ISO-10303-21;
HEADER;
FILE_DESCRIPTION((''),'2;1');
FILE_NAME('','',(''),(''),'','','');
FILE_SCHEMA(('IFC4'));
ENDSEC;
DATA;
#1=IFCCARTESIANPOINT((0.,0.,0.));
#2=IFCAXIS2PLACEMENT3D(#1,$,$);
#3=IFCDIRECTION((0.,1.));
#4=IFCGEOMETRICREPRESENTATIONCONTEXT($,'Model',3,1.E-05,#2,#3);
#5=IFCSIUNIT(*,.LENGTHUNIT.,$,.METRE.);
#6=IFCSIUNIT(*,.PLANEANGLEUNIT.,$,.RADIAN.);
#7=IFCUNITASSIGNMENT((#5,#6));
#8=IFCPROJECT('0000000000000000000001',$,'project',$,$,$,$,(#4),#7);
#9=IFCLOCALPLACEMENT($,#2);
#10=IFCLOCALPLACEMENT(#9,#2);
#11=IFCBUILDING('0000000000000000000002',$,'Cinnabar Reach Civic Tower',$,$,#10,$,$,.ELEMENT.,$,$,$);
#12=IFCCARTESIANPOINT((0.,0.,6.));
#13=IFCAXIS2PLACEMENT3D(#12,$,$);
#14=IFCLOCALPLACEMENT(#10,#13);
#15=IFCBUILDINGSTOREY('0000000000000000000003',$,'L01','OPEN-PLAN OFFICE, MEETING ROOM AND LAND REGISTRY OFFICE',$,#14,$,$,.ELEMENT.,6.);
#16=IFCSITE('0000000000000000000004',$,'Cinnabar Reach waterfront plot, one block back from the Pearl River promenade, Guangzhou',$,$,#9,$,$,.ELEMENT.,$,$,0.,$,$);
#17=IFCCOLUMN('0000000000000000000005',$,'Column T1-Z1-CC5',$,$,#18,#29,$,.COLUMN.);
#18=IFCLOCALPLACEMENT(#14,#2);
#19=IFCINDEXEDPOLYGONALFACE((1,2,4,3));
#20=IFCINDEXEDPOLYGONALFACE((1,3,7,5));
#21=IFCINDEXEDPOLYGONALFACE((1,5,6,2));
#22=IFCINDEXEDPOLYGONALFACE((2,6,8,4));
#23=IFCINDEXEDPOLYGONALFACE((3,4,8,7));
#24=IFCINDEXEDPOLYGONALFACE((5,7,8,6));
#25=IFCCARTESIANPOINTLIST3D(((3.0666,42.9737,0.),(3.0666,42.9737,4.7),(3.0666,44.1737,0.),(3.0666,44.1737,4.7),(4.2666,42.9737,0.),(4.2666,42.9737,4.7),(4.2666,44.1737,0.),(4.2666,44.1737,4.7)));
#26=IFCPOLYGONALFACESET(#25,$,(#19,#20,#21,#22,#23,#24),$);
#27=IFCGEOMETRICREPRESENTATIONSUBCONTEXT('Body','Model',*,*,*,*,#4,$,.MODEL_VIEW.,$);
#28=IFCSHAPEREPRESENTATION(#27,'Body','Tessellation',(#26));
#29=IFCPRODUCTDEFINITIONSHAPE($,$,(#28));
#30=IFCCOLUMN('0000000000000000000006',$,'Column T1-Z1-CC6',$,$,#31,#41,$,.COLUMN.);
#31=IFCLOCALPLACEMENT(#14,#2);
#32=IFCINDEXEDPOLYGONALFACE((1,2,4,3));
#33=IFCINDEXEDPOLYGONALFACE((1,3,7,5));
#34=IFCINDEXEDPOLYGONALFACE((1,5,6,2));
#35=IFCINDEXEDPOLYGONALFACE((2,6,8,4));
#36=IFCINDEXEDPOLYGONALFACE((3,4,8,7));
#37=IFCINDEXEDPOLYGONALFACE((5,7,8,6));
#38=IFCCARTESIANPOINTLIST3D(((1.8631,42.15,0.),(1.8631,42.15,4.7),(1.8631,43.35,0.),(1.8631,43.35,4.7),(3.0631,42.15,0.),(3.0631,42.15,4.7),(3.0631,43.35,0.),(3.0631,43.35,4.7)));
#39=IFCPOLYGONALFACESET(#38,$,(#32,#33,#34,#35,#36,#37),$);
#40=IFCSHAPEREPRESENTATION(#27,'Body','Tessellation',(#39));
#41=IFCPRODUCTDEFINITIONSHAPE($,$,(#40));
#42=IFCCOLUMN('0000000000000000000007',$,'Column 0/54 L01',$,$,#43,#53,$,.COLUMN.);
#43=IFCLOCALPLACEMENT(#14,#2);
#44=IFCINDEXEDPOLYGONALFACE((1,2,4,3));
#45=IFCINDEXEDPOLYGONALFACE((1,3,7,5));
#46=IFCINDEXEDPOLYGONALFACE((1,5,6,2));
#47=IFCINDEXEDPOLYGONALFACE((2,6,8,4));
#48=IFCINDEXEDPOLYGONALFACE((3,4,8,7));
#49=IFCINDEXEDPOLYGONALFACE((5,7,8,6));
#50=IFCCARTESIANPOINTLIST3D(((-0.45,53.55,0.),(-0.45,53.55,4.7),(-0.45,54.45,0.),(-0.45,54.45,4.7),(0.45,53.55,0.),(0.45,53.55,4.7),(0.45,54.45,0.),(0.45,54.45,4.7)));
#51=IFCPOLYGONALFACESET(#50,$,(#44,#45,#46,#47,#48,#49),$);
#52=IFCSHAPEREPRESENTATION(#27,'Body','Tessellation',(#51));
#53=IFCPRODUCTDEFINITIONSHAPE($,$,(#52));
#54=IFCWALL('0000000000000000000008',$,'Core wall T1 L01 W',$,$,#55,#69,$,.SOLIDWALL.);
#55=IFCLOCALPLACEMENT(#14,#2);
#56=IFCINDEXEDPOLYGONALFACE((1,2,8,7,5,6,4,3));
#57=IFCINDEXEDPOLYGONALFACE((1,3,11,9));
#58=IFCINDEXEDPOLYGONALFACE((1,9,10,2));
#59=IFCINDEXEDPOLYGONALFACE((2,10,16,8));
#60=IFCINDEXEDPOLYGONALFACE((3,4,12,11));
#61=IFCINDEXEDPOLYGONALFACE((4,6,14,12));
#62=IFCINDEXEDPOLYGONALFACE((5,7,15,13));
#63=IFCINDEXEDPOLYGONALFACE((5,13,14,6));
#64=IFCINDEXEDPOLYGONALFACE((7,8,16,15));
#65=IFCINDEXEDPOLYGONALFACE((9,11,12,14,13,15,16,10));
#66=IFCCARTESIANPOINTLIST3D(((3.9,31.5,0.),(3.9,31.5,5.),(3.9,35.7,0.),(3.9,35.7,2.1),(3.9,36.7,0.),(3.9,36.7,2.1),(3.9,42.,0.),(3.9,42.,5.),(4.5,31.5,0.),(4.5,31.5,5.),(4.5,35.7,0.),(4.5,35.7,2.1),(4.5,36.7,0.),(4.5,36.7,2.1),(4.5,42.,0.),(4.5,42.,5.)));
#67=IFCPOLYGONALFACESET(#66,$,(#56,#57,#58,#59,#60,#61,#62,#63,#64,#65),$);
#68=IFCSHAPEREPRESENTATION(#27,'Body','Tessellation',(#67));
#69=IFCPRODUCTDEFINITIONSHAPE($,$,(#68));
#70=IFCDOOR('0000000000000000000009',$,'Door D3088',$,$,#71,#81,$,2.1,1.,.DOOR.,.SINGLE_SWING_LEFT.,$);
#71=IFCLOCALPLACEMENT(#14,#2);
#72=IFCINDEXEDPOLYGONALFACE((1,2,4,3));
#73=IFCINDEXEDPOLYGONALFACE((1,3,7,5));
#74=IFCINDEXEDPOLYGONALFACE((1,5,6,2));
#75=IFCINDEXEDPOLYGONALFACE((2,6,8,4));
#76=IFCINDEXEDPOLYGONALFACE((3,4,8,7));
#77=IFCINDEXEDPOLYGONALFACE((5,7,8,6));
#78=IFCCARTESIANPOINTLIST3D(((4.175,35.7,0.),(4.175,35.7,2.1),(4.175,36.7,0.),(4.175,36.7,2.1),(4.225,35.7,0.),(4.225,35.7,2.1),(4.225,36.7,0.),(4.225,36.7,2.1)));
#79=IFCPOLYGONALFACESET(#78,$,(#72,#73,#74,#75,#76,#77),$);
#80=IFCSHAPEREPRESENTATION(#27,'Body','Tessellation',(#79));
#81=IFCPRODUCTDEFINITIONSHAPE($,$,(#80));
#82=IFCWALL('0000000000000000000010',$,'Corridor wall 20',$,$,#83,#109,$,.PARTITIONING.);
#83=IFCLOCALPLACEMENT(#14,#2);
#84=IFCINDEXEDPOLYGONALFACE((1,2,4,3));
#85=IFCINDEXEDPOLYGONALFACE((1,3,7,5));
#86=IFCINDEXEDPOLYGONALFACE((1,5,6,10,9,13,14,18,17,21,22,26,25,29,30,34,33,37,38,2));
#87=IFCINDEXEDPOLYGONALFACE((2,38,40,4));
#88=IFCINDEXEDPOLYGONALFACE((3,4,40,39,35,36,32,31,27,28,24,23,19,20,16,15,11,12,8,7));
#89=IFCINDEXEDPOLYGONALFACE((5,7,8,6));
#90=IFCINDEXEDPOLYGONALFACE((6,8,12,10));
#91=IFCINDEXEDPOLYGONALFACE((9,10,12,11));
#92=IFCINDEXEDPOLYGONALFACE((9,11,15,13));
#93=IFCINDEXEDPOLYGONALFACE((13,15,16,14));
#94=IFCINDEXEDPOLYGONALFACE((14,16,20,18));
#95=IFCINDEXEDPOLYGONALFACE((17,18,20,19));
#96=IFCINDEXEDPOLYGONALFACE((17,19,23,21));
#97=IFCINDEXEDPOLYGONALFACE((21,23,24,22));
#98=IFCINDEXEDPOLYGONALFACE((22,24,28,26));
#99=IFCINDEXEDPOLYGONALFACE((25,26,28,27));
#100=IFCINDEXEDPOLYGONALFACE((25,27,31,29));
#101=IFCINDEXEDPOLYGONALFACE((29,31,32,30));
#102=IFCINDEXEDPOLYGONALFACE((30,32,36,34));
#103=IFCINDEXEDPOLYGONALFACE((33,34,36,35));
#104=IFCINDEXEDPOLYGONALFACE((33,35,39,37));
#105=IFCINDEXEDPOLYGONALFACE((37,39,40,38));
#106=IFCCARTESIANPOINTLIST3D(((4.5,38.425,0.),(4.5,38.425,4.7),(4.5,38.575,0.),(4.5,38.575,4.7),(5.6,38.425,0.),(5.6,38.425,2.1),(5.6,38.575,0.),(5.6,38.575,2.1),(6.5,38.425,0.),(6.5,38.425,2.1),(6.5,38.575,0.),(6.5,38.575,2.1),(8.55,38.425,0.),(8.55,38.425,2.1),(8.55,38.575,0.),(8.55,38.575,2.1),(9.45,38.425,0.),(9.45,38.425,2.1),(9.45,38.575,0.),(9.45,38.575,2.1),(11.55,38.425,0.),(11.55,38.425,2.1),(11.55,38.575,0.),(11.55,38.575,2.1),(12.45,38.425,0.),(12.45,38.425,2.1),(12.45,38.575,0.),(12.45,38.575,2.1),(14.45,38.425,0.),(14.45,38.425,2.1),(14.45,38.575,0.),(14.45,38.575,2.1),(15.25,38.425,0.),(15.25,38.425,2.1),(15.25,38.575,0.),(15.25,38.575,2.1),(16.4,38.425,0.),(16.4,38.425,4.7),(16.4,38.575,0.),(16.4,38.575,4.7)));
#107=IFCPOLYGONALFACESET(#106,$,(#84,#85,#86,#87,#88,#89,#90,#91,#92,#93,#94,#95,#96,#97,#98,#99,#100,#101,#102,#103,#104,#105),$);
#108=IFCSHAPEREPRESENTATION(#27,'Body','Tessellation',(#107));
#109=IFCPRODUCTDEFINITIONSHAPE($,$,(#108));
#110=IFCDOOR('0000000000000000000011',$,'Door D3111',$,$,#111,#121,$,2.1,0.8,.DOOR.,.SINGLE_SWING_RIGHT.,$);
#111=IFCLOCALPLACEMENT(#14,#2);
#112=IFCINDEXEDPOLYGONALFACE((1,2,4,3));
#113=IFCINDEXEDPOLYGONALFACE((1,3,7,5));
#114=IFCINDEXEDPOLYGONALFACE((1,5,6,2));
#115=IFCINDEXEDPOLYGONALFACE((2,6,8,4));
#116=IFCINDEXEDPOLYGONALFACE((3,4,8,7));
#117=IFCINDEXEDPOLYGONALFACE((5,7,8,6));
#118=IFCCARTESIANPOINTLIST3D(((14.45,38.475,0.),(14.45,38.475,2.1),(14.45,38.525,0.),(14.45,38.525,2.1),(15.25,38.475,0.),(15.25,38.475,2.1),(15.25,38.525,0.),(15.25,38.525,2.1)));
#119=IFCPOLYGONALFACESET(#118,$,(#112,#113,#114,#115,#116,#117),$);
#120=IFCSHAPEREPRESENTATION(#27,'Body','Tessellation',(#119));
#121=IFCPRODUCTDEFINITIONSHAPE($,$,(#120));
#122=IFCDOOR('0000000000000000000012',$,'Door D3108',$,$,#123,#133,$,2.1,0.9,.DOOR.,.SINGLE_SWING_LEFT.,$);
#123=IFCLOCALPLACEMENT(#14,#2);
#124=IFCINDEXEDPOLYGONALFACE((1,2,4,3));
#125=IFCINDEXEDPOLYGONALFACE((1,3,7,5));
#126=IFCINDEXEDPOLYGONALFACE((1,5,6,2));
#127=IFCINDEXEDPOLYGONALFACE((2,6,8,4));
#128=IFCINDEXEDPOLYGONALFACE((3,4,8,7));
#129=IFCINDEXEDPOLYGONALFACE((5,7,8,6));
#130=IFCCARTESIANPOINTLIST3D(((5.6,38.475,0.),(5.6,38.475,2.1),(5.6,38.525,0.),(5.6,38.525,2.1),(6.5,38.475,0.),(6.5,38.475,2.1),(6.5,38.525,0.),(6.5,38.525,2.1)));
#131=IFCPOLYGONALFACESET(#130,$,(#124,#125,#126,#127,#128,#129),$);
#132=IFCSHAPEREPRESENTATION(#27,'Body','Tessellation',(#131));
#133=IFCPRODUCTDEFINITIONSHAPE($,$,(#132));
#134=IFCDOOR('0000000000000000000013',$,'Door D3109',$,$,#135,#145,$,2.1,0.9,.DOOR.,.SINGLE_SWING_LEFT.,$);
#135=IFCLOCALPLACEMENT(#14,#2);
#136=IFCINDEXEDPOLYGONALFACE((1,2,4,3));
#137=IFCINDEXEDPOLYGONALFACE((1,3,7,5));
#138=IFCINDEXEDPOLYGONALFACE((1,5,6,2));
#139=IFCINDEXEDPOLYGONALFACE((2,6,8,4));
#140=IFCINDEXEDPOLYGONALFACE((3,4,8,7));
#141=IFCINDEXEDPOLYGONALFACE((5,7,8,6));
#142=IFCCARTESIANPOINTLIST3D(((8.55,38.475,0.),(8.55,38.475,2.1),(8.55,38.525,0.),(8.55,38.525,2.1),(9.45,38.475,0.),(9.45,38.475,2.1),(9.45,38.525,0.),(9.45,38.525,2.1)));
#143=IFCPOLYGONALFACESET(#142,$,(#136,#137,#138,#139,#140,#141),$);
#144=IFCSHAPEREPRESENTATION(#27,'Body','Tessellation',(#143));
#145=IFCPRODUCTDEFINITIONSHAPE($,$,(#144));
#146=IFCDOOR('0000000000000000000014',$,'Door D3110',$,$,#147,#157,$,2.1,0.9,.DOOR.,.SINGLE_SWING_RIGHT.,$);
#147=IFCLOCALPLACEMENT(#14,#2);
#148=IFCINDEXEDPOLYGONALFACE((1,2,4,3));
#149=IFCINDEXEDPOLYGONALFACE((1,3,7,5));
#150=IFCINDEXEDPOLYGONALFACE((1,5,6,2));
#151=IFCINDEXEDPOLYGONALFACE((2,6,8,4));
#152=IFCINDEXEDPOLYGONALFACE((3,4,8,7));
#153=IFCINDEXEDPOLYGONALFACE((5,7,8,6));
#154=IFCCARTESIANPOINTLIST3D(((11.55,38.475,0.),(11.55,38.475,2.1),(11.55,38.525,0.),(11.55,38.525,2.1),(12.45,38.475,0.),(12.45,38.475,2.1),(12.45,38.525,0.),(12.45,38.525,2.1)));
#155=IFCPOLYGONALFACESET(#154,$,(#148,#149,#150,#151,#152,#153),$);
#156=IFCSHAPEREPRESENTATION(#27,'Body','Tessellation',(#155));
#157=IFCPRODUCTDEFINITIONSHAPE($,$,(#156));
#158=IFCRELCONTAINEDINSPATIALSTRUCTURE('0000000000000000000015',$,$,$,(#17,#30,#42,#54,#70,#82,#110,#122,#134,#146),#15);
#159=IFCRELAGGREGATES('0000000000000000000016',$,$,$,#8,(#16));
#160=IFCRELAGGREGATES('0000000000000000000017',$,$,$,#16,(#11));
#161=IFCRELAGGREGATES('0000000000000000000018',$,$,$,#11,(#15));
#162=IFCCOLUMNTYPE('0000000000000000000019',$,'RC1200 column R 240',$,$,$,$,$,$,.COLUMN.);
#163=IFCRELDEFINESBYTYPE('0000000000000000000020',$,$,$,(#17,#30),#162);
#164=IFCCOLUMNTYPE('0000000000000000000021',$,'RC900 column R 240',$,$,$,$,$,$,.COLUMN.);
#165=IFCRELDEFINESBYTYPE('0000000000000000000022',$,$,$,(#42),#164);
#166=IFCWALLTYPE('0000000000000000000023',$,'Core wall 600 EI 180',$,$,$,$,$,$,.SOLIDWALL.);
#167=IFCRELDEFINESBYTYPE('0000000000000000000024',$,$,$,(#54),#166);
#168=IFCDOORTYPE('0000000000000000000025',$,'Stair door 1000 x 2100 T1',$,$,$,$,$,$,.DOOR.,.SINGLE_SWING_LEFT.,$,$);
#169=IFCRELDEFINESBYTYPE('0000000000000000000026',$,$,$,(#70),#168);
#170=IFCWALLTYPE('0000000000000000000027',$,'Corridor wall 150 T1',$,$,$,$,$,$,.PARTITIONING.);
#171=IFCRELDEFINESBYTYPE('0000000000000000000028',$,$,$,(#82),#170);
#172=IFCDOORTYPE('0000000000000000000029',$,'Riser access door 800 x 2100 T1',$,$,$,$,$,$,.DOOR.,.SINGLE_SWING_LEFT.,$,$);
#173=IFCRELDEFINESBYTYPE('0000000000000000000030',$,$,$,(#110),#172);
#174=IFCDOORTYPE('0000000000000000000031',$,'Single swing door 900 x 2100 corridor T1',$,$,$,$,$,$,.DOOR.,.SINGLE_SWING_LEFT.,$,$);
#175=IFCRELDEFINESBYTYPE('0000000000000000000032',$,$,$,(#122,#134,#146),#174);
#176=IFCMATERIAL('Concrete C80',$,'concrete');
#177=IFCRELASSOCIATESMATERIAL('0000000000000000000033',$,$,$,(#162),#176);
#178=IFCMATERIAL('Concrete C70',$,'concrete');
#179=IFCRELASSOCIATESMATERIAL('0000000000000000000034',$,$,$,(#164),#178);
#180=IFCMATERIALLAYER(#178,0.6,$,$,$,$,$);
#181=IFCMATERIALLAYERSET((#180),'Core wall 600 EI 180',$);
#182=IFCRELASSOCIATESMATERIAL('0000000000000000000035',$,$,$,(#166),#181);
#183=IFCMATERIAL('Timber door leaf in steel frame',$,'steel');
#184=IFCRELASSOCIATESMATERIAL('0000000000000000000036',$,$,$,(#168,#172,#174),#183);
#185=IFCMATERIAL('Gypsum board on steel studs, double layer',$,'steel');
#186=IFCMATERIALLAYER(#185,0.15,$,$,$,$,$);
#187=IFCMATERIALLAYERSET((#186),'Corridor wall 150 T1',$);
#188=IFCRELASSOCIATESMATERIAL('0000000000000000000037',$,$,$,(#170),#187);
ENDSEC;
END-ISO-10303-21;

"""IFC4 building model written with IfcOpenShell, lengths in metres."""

from ifc_helpers import new_model, si_unit, direction, frame, frame_2d, origin, origin_2d, place, context, subcontext, project, spatial, rectangle, extrude, material, layer, layer_set, material_profile, profile_set, type_object, element, fill, save


model = new_model("IFC4")

# Units and contexts
model_context = context("Model", 3, precision=1e-05, world=origin(), true_north=direction((0.0, 1.0)))
body_context = subcontext(model_context, "Body", "Model", "MODEL_VIEW")
ifc_project = project(units=[si_unit("LENGTHUNIT", "METRE"), si_unit("PLANEANGLEUNIT", "RADIAN")], contexts=[model_context])

# Site, building, storey
site_placement = place(None, origin())
site = spatial("IfcSite", under=ifc_project, at=site_placement, Name="Cinnabar Reach waterfront plot, one block back from the Pearl River promenade, Guangzhou", CompositionType="ELEMENT", RefElevation=0.0)
building_placement = place(site_placement, origin())
building = spatial("IfcBuilding", under=site, at=building_placement, Name="Cinnabar Reach Civic Tower", CompositionType="ELEMENT")
storey_placement = place(building_placement, frame((0.0, 0.0, 6.0)))
storey = spatial("IfcBuildingStorey", under=building, at=storey_placement, Name="L01", Description="OPEN-PLAN OFFICE, MEETING ROOM AND LAND REGISTRY OFFICE", CompositionType="ELEMENT", Elevation=6.0)

# Columns
ifc_material_1 = material(Name="Concrete C80", Category="concrete")
ifc_material_profile_1 = material_profile(ifc_material_1, rectangle(XDim=1.2, YDim=1.2, at=origin_2d()), Name="RC1200")
ifc_profile_set_1 = profile_set([ifc_material_profile_1], Name="Concrete C80")
column_type_1 = type_object("IfcColumnType", Name="RC1200 column R 240", PredefinedType="COLUMN", material=ifc_profile_set_1)
for number, where, z_axis, x_axis, name in (
    (1, (3.6666, 43.5737, 0.0), (0.0, 0.0, 1.0), (1.0, 0.0, 0.0), "Column T1-Z1-CC5"),
    (2, (2.4631, 42.75, 0.0), (0.0, 0.0, 1.0), (1.0, 0.0, 0.0), "Column T1-Z1-CC6"),
):
    element("IfcColumn", number, at=place(storey_placement, frame(where, z_axis=z_axis, x_axis=x_axis)), inside=storey, type_object=column_type_1, Name=name, PredefinedType="COLUMN", context=body_context, shape_type="SweptSolid", body=[
        extrude(rectangle(XDim=1.2, YDim=1.2, at=origin_2d()), origin(), (0.0, 0.0, 1.0), 4.7),
    ])
ifc_material_2 = material(Name="Concrete C70", Category="concrete")
ifc_material_profile_2 = material_profile(ifc_material_2, rectangle(XDim=0.9, YDim=0.9, at=origin_2d()), Name="RC900")
ifc_profile_set_2 = profile_set([ifc_material_profile_2], Name="Concrete C70")
column_type_2 = type_object("IfcColumnType", Name="RC900 column R 240", PredefinedType="COLUMN", material=ifc_profile_set_2)
column_placement = place(storey_placement, frame((0.0, 54.0, 0.0), z_axis=(0.0, 0.0, 1.0), x_axis=(1.0, 0.0, 0.0)))
element("IfcColumn", 3, at=column_placement, inside=storey, type_object=column_type_2, Name="Column 0/54 L01", PredefinedType="COLUMN", context=body_context, shape_type="SweptSolid", body=[
    extrude(rectangle(XDim=0.9, YDim=0.9, at=origin_2d()), origin(), (0.0, 0.0, 1.0), 4.7),
])

# Wall, opening, door
ifc_layer_1 = layer(ifc_material_2, 0.6)
ifc_layer_set_1 = layer_set([ifc_layer_1], Name="Core wall 600 EI 180")
wall_type_1 = type_object("IfcWallType", Name="Core wall 600 EI 180", PredefinedType="SOLIDWALL", material=ifc_layer_set_1)
wall_1_placement = place(storey_placement, frame((4.2, 42.0, 0.0), z_axis=(0.0, 0.0, 1.0), x_axis=(0.0, -1.0, 0.0)))
wall_1 = element("IfcWall", 4, at=wall_1_placement, inside=storey, type_object=wall_type_1, Name="Core wall T1 L01 W", PredefinedType="SOLIDWALL", context=body_context, shape_type="SweptSolid", body=[
    extrude(rectangle(XDim=10.5, YDim=0.6, at=frame_2d((5.25, 0.0))), origin(), (0.0, 0.0, 1.0), 5.0),
])
opening_1_placement = place(wall_1_placement, frame((5.3, 0.0, 0.0)))
opening_1 = element("IfcOpeningElement", 5, at=opening_1_placement, cuts=wall_1, PredefinedType="OPENING", context=body_context, shape_type="SweptSolid", body=[
    extrude(rectangle(XDim=1.0, YDim=2.1, at=frame_2d((0.5, 1.05))), frame((0.0, 0.31, 0.0), z_axis=(0.0, -1.0, 0.0), x_axis=(1.0, 0.0, 0.0)), (0.0, 0.0, 1.0), 0.62),
])
ifc_material_3 = material(Name="Timber door leaf in steel frame", Category="steel")
door_type_1 = type_object("IfcDoorType", Name="Stair door 1000 x 2100 T1", OperationType="SINGLE_SWING_LEFT", PredefinedType="DOOR", material=ifc_material_3)
door_1_placement = place(opening_1_placement, frame((1.0, 0.0, 0.0), z_axis=(0.0, 0.0, 1.0), x_axis=(-1.0, 0.0, 0.0)))
door_1 = element("IfcDoor", 6, at=door_1_placement, inside=storey, type_object=door_type_1, Name="Door D3088", OperationType="SINGLE_SWING_LEFT", OverallHeight=2.1, OverallWidth=1.0, PredefinedType="DOOR", context=body_context, shape_type="SweptSolid", body=[
    extrude(rectangle(XDim=1.0, YDim=2.1, at=frame_2d((0.5, 1.05))), frame((0.0, 0.025, 0.0), z_axis=(0.0, -1.0, 0.0), x_axis=(1.0, 0.0, 0.0)), (0.0, 0.0, 1.0), 0.05),
])
fill(opening_1, door_1)

# Wall, openings, doors
ifc_material_4 = material(Name="Gypsum board on steel studs, double layer", Category="steel")
ifc_layer_2 = layer(ifc_material_4, 0.15)
ifc_layer_set_2 = layer_set([ifc_layer_2], Name="Corridor wall 150 T1")
wall_type_2 = type_object("IfcWallType", Name="Corridor wall 150 T1", PredefinedType="PARTITIONING", material=ifc_layer_set_2)
wall_2_placement = place(storey_placement, frame((4.5, 38.5, 0.0), z_axis=(0.0, 0.0, 1.0), x_axis=(1.0, 0.0, 0.0)))
wall_2 = element("IfcWall", 7, at=wall_2_placement, inside=storey, type_object=wall_type_2, Name="Corridor wall 20", PredefinedType="PARTITIONING", context=body_context, shape_type="SweptSolid", body=[
    extrude(rectangle(XDim=11.9, YDim=0.15, at=frame_2d((5.95, 0.0))), origin(), (0.0, 0.0, 1.0), 4.7),
])
opening_2_placement = place(wall_2_placement, frame((1.1, 0.0, 0.0)))
opening_2 = element("IfcOpeningElement", 8, at=opening_2_placement, cuts=wall_2, PredefinedType="OPENING", context=body_context, shape_type="SweptSolid", body=[
    extrude(rectangle(XDim=0.9, YDim=2.1, at=frame_2d((0.45, 1.05))), frame((0.0, 0.085, 0.0), z_axis=(0.0, -1.0, 0.0), x_axis=(1.0, 0.0, 0.0)), (0.0, 0.0, 1.0), 0.17),
])
opening_3_placement = place(wall_2_placement, frame((4.05, 0.0, 0.0)))
opening_3 = element("IfcOpeningElement", 9, at=opening_3_placement, cuts=wall_2, PredefinedType="OPENING", context=body_context, shape_type="SweptSolid", body=[
    extrude(rectangle(XDim=0.9, YDim=2.1, at=frame_2d((0.45, 1.05))), frame((0.0, 0.085, 0.0), z_axis=(0.0, -1.0, 0.0), x_axis=(1.0, 0.0, 0.0)), (0.0, 0.0, 1.0), 0.17),
])
opening_4_placement = place(wall_2_placement, frame((7.05, 0.0, 0.0)))
opening_4 = element("IfcOpeningElement", 10, at=opening_4_placement, cuts=wall_2, PredefinedType="OPENING", context=body_context, shape_type="SweptSolid", body=[
    extrude(rectangle(XDim=0.9, YDim=2.1, at=frame_2d((0.45, 1.05))), frame((0.0, 0.085, 0.0), z_axis=(0.0, -1.0, 0.0), x_axis=(1.0, 0.0, 0.0)), (0.0, 0.0, 1.0), 0.17),
])
opening_5_placement = place(wall_2_placement, frame((9.95, 0.0, 0.0)))
opening_5 = element("IfcOpeningElement", 11, at=opening_5_placement, cuts=wall_2, PredefinedType="OPENING", context=body_context, shape_type="SweptSolid", body=[
    extrude(rectangle(XDim=0.8, YDim=2.1, at=frame_2d((0.4, 1.05))), frame((0.0, 0.085, 0.0), z_axis=(0.0, -1.0, 0.0), x_axis=(1.0, 0.0, 0.0)), (0.0, 0.0, 1.0), 0.17),
])
door_type_2 = type_object("IfcDoorType", Name="Riser access door 800 x 2100 T1", OperationType="SINGLE_SWING_LEFT", PredefinedType="DOOR", material=ifc_material_3)
door_2_placement = place(opening_5_placement, origin())
door_2 = element("IfcDoor", 12, at=door_2_placement, inside=storey, type_object=door_type_2, Name="Door D3111", OperationType="SINGLE_SWING_RIGHT", OverallHeight=2.1, OverallWidth=0.8, PredefinedType="DOOR", context=body_context, shape_type="SweptSolid", body=[
    extrude(rectangle(XDim=0.8, YDim=2.1, at=frame_2d((0.4, 1.05))), frame((0.0, 0.025, 0.0), z_axis=(0.0, -1.0, 0.0), x_axis=(1.0, 0.0, 0.0)), (0.0, 0.0, 1.0), 0.05),
])
fill(opening_5, door_2)
door_type_3 = type_object("IfcDoorType", Name="Single swing door 900 x 2100 corridor T1", OperationType="SINGLE_SWING_LEFT", PredefinedType="DOOR", material=ifc_material_3)
door_3_placement = place(opening_2_placement, origin())
door_3 = element("IfcDoor", 13, at=door_3_placement, inside=storey, type_object=door_type_3, Name="Door D3108", OperationType="SINGLE_SWING_LEFT", OverallHeight=2.1, OverallWidth=0.9, PredefinedType="DOOR", context=body_context, shape_type="SweptSolid", body=[
    extrude(rectangle(XDim=0.9, YDim=2.1, at=frame_2d((0.45, 1.05))), frame((0.0, 0.025, 0.0), z_axis=(0.0, -1.0, 0.0), x_axis=(1.0, 0.0, 0.0)), (0.0, 0.0, 1.0), 0.05),
])
fill(opening_2, door_3)
door_4_placement = place(opening_3_placement, origin())
door_4 = element("IfcDoor", 14, at=door_4_placement, inside=storey, type_object=door_type_3, Name="Door D3109", OperationType="SINGLE_SWING_LEFT", OverallHeight=2.1, OverallWidth=0.9, PredefinedType="DOOR", context=body_context, shape_type="SweptSolid", body=[
    extrude(rectangle(XDim=0.9, YDim=2.1, at=frame_2d((0.45, 1.05))), frame((0.0, 0.025, 0.0), z_axis=(0.0, -1.0, 0.0), x_axis=(1.0, 0.0, 0.0)), (0.0, 0.0, 1.0), 0.05),
])
fill(opening_3, door_4)
door_5_placement = place(opening_4_placement, origin())
door_5 = element("IfcDoor", 15, at=door_5_placement, inside=storey, type_object=door_type_3, Name="Door D3110", OperationType="SINGLE_SWING_RIGHT", OverallHeight=2.1, OverallWidth=0.9, PredefinedType="DOOR", context=body_context, shape_type="SweptSolid", body=[
    extrude(rectangle(XDim=0.9, YDim=2.1, at=frame_2d((0.45, 1.05))), frame((0.0, 0.025, 0.0), z_axis=(0.0, -1.0, 0.0), x_axis=(1.0, 0.0, 0.0)), (0.0, 0.0, 1.0), 0.05),
])
fill(opening_4, door_5)

save(model, "model.ifc")
